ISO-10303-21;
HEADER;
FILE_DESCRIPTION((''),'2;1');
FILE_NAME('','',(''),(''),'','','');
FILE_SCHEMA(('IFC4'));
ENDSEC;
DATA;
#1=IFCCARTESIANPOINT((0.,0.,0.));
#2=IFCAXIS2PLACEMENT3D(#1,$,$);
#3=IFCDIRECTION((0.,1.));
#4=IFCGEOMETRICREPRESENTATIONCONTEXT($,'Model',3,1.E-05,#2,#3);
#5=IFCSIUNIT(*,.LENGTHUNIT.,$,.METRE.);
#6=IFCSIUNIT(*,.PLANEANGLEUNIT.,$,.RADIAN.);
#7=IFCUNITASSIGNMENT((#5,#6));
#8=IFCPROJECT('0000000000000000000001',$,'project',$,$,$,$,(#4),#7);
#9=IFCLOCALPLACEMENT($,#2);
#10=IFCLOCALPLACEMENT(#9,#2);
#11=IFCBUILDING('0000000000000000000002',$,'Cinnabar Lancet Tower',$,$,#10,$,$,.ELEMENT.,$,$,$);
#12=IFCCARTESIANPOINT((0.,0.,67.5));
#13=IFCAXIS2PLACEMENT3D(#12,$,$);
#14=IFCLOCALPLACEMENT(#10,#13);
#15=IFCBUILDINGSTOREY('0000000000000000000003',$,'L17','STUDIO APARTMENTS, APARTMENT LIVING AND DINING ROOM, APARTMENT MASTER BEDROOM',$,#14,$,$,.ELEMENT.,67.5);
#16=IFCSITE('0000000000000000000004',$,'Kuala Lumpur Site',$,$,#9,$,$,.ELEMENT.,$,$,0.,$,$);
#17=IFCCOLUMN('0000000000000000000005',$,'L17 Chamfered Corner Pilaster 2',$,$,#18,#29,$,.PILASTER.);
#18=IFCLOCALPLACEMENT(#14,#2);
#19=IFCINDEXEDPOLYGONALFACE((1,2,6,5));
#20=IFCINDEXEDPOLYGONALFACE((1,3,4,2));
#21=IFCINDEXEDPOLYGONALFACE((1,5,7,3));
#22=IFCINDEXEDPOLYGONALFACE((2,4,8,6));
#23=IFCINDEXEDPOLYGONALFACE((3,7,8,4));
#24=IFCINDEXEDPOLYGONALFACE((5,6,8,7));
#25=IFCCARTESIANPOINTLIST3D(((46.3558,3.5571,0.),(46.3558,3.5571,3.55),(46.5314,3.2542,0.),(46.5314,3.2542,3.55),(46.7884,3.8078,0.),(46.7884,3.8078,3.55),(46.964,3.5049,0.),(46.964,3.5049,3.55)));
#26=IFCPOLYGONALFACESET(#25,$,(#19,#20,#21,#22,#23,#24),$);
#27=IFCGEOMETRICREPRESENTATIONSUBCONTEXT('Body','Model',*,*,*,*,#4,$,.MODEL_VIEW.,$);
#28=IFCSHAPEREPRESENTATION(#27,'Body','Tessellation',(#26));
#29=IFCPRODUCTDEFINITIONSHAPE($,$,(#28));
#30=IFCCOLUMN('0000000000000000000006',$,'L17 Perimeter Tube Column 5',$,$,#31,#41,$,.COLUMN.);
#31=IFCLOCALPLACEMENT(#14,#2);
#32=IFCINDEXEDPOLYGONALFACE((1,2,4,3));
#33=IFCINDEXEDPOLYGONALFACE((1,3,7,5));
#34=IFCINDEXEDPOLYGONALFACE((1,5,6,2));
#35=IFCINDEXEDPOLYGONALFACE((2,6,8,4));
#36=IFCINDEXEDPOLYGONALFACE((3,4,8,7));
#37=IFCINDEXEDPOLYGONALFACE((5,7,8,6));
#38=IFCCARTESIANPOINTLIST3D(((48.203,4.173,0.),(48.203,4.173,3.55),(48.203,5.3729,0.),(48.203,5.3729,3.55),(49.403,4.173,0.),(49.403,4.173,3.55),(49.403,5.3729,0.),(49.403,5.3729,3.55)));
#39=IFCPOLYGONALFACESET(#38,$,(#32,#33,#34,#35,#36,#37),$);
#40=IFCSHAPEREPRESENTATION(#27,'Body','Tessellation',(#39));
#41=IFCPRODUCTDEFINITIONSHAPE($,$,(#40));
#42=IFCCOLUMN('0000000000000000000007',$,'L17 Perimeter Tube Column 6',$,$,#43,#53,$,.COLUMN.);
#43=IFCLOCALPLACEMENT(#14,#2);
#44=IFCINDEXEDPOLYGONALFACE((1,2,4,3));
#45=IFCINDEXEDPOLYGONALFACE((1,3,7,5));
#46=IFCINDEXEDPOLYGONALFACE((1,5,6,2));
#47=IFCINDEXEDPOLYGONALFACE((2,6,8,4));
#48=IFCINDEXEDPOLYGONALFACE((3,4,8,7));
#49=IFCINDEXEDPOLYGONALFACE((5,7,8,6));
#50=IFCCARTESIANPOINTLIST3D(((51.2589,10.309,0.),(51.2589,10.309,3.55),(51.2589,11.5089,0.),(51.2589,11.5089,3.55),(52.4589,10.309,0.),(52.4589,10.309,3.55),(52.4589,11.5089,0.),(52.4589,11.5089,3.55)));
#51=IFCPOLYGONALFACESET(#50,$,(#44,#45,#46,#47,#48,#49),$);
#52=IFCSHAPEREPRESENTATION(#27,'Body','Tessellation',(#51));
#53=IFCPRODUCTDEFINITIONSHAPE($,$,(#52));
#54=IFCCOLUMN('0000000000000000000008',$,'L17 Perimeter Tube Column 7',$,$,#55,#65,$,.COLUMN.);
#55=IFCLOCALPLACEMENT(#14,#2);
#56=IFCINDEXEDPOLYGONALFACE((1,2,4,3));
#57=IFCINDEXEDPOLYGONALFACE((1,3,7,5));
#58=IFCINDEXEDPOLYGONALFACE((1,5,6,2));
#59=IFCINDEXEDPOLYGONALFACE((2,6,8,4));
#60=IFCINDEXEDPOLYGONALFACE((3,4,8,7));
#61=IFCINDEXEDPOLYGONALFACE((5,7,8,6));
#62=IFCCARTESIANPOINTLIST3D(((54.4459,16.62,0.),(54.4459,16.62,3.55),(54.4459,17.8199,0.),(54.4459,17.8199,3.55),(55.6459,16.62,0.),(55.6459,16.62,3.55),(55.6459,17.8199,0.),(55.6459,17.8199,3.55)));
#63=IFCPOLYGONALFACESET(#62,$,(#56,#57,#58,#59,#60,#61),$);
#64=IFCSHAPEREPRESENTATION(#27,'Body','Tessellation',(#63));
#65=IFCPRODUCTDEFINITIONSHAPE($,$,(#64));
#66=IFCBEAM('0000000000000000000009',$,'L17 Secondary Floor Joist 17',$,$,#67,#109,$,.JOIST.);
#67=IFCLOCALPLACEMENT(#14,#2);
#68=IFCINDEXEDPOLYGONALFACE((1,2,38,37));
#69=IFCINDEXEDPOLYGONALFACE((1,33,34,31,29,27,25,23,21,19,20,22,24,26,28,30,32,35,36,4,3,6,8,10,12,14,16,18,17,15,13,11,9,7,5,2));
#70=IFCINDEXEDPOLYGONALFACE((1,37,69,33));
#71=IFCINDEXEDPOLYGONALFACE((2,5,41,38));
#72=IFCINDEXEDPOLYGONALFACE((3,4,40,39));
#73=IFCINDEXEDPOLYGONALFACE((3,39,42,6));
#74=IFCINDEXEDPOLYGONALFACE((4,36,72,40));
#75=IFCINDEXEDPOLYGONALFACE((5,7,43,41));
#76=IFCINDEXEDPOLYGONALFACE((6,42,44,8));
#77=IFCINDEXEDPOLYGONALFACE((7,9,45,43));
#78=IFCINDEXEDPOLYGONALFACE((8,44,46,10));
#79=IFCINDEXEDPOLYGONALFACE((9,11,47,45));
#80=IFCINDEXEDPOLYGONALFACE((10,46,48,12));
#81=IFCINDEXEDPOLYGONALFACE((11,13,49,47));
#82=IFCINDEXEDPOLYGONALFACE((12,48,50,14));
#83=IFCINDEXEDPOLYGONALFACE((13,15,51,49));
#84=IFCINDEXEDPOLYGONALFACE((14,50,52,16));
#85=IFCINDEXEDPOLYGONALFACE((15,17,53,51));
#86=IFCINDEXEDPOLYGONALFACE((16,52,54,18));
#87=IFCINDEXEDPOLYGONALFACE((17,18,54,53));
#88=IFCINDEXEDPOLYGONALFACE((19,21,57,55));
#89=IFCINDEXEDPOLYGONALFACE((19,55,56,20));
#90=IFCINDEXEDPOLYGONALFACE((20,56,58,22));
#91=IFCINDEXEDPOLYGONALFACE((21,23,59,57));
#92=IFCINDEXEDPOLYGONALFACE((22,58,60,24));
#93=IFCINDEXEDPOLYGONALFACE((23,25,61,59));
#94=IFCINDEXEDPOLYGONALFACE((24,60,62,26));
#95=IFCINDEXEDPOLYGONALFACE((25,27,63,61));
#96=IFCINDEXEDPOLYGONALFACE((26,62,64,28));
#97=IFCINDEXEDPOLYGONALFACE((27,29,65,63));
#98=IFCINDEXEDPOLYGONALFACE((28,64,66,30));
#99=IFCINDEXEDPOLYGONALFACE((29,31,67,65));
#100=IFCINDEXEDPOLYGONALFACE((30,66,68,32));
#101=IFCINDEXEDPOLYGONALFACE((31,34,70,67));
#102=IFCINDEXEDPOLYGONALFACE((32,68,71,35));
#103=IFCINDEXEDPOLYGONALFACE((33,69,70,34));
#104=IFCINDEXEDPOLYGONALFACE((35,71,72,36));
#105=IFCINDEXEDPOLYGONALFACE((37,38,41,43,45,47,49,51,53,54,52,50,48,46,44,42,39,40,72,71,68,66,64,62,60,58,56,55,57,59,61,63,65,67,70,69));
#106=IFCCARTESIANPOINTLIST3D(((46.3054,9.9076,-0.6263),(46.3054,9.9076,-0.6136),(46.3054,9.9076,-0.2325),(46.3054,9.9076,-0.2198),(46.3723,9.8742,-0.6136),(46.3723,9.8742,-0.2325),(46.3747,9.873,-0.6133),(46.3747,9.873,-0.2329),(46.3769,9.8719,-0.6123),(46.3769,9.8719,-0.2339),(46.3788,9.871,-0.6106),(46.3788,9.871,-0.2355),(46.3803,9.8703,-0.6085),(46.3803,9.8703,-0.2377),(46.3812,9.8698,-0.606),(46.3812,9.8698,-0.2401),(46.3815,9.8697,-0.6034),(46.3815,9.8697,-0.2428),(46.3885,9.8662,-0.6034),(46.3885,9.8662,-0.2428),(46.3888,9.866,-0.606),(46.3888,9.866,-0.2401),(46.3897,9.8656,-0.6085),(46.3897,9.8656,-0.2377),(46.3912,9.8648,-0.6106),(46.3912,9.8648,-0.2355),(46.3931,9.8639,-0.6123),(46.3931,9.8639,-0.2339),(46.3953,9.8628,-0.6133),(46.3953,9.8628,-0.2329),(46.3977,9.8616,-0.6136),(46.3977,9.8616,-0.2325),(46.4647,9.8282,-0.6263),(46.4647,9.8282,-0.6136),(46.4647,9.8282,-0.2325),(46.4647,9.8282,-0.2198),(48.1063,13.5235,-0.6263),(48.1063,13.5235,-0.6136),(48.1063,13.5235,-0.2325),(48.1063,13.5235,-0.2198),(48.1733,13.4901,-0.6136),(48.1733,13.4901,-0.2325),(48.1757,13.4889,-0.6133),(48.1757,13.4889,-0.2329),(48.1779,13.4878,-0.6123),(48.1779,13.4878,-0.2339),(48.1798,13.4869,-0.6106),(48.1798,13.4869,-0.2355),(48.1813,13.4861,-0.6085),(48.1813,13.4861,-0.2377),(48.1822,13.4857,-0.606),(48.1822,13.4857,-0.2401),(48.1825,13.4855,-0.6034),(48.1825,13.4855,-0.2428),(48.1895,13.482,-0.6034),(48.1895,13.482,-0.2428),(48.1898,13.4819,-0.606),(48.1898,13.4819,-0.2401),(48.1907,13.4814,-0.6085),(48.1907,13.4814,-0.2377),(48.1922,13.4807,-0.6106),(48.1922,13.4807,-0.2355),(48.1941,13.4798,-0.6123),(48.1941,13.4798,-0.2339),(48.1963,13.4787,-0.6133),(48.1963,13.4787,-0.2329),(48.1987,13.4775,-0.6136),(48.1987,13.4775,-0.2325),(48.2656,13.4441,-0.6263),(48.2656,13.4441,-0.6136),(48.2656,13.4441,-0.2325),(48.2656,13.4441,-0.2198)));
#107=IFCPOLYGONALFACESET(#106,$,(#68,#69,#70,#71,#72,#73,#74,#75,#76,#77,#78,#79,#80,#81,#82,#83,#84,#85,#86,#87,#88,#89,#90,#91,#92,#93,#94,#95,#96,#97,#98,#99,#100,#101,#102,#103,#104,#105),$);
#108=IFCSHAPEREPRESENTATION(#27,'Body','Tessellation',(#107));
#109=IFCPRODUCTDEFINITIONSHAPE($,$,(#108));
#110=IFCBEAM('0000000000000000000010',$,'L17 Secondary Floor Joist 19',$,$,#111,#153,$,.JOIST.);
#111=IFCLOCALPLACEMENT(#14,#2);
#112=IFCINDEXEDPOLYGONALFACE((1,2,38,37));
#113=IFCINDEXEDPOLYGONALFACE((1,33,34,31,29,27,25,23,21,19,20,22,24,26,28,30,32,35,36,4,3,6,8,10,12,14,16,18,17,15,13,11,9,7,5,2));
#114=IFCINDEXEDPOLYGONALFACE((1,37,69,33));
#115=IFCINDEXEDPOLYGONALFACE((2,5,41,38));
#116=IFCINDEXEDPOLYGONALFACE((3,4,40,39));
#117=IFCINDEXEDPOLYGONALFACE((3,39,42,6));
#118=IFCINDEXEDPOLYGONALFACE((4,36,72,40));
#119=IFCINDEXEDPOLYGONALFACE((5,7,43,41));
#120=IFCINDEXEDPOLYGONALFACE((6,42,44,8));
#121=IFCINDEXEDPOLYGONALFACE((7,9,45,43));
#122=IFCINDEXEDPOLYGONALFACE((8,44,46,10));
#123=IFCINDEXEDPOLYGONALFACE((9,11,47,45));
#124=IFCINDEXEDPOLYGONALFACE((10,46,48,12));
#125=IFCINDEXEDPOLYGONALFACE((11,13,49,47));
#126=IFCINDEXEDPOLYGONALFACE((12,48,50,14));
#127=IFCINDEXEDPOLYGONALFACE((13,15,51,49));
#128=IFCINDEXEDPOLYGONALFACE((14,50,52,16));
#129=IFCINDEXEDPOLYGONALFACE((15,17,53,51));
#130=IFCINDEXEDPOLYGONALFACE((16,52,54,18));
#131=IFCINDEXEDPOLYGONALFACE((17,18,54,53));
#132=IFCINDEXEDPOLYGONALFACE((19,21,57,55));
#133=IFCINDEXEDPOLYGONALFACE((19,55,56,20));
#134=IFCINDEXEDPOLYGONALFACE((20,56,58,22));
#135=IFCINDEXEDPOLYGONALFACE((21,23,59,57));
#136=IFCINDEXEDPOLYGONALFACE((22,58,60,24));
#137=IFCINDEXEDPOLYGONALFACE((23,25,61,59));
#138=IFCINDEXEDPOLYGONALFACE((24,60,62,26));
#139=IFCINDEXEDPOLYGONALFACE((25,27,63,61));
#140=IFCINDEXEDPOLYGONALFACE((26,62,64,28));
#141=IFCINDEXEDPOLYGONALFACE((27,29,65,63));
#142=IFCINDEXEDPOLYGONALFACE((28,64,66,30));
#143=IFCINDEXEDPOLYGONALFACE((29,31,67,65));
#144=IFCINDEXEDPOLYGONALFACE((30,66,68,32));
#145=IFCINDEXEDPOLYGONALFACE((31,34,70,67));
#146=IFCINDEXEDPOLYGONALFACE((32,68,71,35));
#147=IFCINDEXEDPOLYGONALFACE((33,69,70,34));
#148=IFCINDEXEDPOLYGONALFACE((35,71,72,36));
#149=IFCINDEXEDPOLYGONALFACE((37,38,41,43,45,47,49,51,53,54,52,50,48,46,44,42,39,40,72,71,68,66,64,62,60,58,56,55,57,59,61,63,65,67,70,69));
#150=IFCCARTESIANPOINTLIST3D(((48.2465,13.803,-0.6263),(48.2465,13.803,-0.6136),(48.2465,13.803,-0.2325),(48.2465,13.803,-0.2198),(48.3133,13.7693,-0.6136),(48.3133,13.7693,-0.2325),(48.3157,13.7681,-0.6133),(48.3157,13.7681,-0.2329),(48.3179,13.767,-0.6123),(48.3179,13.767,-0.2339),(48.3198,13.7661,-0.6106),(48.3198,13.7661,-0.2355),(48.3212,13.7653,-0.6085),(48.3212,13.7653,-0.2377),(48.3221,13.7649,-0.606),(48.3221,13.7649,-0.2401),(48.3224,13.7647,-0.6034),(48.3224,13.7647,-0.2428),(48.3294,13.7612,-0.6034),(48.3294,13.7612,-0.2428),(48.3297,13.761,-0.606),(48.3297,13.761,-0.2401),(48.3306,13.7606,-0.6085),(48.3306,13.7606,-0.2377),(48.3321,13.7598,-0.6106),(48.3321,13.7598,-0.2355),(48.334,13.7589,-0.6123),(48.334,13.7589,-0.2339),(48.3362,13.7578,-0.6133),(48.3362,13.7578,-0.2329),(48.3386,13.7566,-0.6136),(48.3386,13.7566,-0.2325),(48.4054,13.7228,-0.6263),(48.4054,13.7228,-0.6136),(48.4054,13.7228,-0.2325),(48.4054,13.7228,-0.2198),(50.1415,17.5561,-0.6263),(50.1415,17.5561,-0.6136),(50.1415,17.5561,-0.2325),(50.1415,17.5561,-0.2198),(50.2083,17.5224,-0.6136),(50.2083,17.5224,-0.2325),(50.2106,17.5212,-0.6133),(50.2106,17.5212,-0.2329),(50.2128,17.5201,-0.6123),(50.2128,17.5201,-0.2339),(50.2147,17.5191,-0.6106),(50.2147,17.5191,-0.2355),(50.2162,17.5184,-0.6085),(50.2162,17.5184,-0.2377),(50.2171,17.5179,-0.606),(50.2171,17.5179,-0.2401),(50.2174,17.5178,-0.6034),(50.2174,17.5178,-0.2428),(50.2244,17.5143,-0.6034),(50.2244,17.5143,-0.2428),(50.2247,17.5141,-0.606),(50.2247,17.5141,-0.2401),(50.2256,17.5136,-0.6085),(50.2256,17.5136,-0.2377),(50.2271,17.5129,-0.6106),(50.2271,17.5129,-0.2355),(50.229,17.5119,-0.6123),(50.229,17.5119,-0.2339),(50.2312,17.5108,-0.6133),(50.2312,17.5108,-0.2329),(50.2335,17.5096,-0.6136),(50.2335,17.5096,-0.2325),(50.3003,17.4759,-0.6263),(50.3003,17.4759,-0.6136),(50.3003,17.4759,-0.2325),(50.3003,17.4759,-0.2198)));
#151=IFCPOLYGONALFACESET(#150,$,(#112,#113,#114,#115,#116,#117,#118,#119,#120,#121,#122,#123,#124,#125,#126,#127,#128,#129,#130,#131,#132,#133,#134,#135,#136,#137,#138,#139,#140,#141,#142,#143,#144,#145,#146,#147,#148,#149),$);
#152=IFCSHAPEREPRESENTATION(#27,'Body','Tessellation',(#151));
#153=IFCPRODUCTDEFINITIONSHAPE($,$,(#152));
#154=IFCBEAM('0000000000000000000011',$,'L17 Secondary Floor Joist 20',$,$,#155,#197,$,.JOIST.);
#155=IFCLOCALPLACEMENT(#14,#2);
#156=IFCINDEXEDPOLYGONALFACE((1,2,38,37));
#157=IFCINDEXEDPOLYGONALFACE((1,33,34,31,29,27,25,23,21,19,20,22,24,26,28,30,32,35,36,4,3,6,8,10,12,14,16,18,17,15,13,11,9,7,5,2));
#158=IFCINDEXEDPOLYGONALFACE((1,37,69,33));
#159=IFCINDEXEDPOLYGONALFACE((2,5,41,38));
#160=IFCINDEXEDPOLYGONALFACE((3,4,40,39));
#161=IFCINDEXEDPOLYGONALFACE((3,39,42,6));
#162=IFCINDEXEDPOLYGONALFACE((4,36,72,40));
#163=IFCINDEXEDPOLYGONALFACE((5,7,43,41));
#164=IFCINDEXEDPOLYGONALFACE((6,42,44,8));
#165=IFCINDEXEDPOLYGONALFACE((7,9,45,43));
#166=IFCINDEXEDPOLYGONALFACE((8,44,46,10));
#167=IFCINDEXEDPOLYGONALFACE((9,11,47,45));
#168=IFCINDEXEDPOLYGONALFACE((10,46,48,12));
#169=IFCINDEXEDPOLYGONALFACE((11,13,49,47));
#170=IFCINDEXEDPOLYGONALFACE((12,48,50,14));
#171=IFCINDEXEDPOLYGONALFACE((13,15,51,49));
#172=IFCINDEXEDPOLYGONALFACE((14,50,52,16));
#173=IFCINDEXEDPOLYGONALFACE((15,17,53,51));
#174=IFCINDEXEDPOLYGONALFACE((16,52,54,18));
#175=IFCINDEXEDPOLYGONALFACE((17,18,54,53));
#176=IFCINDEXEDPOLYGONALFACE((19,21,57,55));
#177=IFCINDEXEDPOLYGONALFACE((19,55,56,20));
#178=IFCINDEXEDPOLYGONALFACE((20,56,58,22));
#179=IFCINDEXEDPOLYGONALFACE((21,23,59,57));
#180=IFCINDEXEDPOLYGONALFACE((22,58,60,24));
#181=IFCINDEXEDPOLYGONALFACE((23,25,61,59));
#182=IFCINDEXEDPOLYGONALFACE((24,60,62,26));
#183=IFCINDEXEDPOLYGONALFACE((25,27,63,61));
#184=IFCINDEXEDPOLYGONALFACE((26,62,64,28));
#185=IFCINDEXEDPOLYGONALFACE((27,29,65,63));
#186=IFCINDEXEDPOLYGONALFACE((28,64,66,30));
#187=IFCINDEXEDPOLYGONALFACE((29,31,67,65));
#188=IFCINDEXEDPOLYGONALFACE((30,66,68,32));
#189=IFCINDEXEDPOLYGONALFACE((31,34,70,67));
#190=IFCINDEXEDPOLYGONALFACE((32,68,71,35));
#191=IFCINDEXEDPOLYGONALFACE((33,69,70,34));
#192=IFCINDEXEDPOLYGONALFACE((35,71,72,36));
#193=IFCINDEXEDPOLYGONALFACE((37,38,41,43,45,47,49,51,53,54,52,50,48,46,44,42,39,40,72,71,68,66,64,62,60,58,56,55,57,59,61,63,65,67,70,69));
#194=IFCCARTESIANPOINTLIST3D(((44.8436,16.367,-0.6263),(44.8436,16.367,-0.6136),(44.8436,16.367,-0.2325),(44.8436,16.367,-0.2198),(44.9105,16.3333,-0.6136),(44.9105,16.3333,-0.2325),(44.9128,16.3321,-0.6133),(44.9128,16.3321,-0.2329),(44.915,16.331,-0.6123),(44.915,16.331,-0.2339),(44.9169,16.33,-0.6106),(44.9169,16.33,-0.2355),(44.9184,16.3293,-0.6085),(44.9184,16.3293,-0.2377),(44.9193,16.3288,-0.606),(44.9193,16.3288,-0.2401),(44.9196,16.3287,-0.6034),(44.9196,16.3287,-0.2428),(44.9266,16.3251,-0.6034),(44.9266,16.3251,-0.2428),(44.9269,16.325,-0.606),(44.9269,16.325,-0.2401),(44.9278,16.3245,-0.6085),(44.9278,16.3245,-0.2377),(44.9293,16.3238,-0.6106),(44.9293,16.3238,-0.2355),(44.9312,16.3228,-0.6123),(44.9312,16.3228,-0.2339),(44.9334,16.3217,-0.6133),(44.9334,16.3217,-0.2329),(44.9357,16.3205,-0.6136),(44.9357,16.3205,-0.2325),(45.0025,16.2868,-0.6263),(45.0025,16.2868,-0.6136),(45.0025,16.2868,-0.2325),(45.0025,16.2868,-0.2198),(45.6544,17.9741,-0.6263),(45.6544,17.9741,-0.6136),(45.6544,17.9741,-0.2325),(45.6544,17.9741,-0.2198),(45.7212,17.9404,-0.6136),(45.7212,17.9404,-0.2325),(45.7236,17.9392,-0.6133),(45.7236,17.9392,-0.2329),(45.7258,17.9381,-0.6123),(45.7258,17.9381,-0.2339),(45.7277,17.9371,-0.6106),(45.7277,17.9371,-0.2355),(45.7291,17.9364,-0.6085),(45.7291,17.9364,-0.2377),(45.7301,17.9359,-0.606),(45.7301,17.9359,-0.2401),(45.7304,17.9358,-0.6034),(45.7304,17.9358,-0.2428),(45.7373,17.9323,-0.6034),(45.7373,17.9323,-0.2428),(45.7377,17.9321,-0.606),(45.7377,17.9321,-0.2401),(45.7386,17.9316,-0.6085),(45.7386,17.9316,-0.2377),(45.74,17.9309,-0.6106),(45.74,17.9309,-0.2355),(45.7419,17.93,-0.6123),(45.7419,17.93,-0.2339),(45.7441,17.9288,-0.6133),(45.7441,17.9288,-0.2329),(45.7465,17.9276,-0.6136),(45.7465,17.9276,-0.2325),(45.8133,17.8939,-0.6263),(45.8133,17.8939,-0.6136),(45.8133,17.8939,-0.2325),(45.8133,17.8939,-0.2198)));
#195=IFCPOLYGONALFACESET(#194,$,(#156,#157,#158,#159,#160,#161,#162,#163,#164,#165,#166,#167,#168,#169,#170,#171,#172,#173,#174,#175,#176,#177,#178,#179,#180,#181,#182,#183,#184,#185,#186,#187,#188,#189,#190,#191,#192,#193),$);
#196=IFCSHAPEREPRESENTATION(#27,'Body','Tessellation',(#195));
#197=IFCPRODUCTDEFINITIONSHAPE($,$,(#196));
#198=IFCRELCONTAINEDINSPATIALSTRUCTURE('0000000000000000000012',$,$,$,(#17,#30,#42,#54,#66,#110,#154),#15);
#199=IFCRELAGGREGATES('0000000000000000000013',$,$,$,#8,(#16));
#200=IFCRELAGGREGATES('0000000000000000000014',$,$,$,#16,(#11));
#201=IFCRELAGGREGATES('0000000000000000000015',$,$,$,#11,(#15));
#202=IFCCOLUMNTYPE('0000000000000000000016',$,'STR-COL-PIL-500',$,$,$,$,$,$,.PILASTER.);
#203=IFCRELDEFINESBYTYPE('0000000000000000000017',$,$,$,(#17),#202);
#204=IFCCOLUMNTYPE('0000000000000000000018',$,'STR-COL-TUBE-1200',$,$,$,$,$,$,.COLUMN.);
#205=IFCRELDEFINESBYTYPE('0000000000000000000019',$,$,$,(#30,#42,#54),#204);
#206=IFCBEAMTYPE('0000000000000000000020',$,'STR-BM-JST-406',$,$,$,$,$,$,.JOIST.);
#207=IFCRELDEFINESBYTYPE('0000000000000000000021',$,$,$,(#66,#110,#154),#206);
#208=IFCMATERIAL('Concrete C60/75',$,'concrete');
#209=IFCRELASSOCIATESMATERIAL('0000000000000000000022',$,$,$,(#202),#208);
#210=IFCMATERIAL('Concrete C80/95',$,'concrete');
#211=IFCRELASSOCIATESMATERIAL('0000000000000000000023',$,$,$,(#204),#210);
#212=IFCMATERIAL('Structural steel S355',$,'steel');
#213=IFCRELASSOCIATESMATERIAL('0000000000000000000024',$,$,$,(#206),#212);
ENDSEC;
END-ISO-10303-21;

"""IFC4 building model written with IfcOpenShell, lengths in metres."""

from ifc_helpers import new_model, si_unit, direction, frame, origin, origin_2d, place, context, subcontext, project, spatial, rectangle, i_section, extrude, material, material_profile, profile_set, type_object, element, save


model = new_model("IFC4")

# Units and contexts
model_context = context("Model", 3, precision=1e-05, world=origin(), true_north=direction((0.0, 1.0)))
body_context = subcontext(model_context, "Body", "Model", "MODEL_VIEW")
ifc_project = project(units=[si_unit("LENGTHUNIT", "METRE"), si_unit("PLANEANGLEUNIT", "RADIAN")], contexts=[model_context])

# Site, building, storey
site_placement = place(None, origin())
site = spatial("IfcSite", under=ifc_project, at=site_placement, Name="Kuala Lumpur Site", CompositionType="ELEMENT", RefElevation=0.0)
building_placement = place(site_placement, origin())
building = spatial("IfcBuilding", under=site, at=building_placement, Name="Cinnabar Lancet Tower", CompositionType="ELEMENT")
storey_placement = place(building_placement, frame((0.0, 0.0, 67.5)))
storey = spatial("IfcBuildingStorey", under=building, at=storey_placement, Name="L17", Description="STUDIO APARTMENTS, APARTMENT LIVING AND DINING ROOM, APARTMENT MASTER BEDROOM", CompositionType="ELEMENT", Elevation=67.5)

# Columns
ifc_material_1 = material(Name="Concrete C60/75", Category="concrete")
ifc_material_profile_1 = material_profile(ifc_material_1, rectangle(XDim=0.5, YDim=0.3501, at=origin_2d()), Name="RC-PIL 500x350")
ifc_profile_set_1 = profile_set([ifc_material_profile_1], Name="Concrete C60/75")
column_type_1 = type_object("IfcColumnType", Name="STR-COL-PIL-500", PredefinedType="PILASTER", material=ifc_profile_set_1)
column_placement = place(storey_placement, frame((46.6599, 3.531, 0.0), z_axis=(0.0, 0.0, 1.0), x_axis=(0.865195, 0.501435, 0.0)))
element("IfcColumn", 1, at=column_placement, inside=storey, type_object=column_type_1, Name="L17 Chamfered Corner Pilaster 2", PredefinedType="PILASTER", context=body_context, shape_type="SweptSolid", body=[
    extrude(rectangle(XDim=0.5, YDim=0.3501, at=origin_2d()), origin(), (0.0, 0.0, 1.0), 3.55),
])
ifc_material_2 = material(Name="Concrete C80/95", Category="concrete")
ifc_material_profile_2 = material_profile(ifc_material_2, rectangle(XDim=1.2, YDim=1.2, at=origin_2d()), Name="RC-COL 1200x1200")
ifc_profile_set_2 = profile_set([ifc_material_profile_2], Name="Concrete C80/95")
column_type_2 = type_object("IfcColumnType", Name="STR-COL-TUBE-1200", PredefinedType="COLUMN", material=ifc_profile_set_2)
for number, where, z_axis, x_axis, name in (
    (2, (48.803, 4.7729, 0.0), (0.0, 0.0, 1.0), (1.0, 0.0, 0.0), "L17 Perimeter Tube Column 5"),
    (3, (51.8589, 10.9089, 0.0), (0.0, 0.0, 1.0), (1.0, 0.0, 0.0), "L17 Perimeter Tube Column 6"),
    (4, (55.0459, 17.22, 0.0), (0.0, 0.0, 1.0), (1.0, 0.0, 0.0), "L17 Perimeter Tube Column 7"),
):
    element("IfcColumn", number, at=place(storey_placement, frame(where, z_axis=z_axis, x_axis=x_axis)), inside=storey, type_object=column_type_2, Name=name, PredefinedType="COLUMN", context=body_context, shape_type="SweptSolid", body=[
        extrude(rectangle(XDim=1.2, YDim=1.2, at=origin_2d()), origin(), (0.0, 0.0, 1.0), 3.55),
    ])

# Beams
ifc_material_3 = material(Name="Structural steel S355", Category="steel")
ifc_material_profile_3 = material_profile(ifc_material_3, i_section(OverallWidth=0.178, OverallDepth=0.4065, WebThickness=0.0078, FlangeThickness=0.0127, FilletRadius=0.0103, at=origin_2d()), Name="UKB 406x178x60")
ifc_profile_set_3 = profile_set([ifc_material_profile_3], Name="Structural steel S355")
beam_type_1 = type_object("IfcBeamType", Name="STR-BM-JST-406", PredefinedType="JOIST", material=ifc_profile_set_3)
beam_1_placement = place(storey_placement, frame((46.385, 9.8679, -0.4231), z_axis=(0.445835, 0.895115, 0.0), x_axis=(-0.895115, 0.445835, 0.0)))
element("IfcBeam", 5, at=beam_1_placement, inside=storey, type_object=beam_type_1, Name="L17 Secondary Floor Joist 17", PredefinedType="JOIST", context=body_context, shape_type="SweptSolid", body=[
    extrude(i_section(OverallWidth=0.178, OverallDepth=0.4065, WebThickness=0.0078, FlangeThickness=0.0127, FilletRadius=0.0103, at=origin_2d()), origin(), (0.0, 0.0, 1.0), 4.0396),
])
beam_2_placement = place(storey_placement, frame((48.3259, 13.7629, -0.4231), z_axis=(0.450717, 0.892667, 0.0), x_axis=(-0.892667, 0.450717, 0.0)))
element("IfcBeam", 6, at=beam_2_placement, inside=storey, type_object=beam_type_1, Name="L17 Secondary Floor Joist 19", PredefinedType="JOIST", context=body_context, shape_type="SweptSolid", body=[
    extrude(i_section(OverallWidth=0.178, OverallDepth=0.4065, WebThickness=0.0078, FlangeThickness=0.0127, FilletRadius=0.0103, at=origin_2d()), origin(), (0.0, 0.0, 1.0), 4.2043),
])
beam_3_placement = place(storey_placement, frame((44.9231, 16.3269, -0.4231), z_axis=(0.450411, 0.892821, 0.0), x_axis=(-0.892821, 0.450411, 0.0)))
element("IfcBeam", 7, at=beam_3_placement, inside=storey, type_object=beam_type_1, Name="L17 Secondary Floor Joist 20", PredefinedType="JOIST", context=body_context, shape_type="SweptSolid", body=[
    extrude(i_section(OverallWidth=0.178, OverallDepth=0.4065, WebThickness=0.0078, FlangeThickness=0.0127, FilletRadius=0.0103, at=origin_2d()), origin(), (0.0, 0.0, 1.0), 1.8),
])

save(model, "model.ifc")
